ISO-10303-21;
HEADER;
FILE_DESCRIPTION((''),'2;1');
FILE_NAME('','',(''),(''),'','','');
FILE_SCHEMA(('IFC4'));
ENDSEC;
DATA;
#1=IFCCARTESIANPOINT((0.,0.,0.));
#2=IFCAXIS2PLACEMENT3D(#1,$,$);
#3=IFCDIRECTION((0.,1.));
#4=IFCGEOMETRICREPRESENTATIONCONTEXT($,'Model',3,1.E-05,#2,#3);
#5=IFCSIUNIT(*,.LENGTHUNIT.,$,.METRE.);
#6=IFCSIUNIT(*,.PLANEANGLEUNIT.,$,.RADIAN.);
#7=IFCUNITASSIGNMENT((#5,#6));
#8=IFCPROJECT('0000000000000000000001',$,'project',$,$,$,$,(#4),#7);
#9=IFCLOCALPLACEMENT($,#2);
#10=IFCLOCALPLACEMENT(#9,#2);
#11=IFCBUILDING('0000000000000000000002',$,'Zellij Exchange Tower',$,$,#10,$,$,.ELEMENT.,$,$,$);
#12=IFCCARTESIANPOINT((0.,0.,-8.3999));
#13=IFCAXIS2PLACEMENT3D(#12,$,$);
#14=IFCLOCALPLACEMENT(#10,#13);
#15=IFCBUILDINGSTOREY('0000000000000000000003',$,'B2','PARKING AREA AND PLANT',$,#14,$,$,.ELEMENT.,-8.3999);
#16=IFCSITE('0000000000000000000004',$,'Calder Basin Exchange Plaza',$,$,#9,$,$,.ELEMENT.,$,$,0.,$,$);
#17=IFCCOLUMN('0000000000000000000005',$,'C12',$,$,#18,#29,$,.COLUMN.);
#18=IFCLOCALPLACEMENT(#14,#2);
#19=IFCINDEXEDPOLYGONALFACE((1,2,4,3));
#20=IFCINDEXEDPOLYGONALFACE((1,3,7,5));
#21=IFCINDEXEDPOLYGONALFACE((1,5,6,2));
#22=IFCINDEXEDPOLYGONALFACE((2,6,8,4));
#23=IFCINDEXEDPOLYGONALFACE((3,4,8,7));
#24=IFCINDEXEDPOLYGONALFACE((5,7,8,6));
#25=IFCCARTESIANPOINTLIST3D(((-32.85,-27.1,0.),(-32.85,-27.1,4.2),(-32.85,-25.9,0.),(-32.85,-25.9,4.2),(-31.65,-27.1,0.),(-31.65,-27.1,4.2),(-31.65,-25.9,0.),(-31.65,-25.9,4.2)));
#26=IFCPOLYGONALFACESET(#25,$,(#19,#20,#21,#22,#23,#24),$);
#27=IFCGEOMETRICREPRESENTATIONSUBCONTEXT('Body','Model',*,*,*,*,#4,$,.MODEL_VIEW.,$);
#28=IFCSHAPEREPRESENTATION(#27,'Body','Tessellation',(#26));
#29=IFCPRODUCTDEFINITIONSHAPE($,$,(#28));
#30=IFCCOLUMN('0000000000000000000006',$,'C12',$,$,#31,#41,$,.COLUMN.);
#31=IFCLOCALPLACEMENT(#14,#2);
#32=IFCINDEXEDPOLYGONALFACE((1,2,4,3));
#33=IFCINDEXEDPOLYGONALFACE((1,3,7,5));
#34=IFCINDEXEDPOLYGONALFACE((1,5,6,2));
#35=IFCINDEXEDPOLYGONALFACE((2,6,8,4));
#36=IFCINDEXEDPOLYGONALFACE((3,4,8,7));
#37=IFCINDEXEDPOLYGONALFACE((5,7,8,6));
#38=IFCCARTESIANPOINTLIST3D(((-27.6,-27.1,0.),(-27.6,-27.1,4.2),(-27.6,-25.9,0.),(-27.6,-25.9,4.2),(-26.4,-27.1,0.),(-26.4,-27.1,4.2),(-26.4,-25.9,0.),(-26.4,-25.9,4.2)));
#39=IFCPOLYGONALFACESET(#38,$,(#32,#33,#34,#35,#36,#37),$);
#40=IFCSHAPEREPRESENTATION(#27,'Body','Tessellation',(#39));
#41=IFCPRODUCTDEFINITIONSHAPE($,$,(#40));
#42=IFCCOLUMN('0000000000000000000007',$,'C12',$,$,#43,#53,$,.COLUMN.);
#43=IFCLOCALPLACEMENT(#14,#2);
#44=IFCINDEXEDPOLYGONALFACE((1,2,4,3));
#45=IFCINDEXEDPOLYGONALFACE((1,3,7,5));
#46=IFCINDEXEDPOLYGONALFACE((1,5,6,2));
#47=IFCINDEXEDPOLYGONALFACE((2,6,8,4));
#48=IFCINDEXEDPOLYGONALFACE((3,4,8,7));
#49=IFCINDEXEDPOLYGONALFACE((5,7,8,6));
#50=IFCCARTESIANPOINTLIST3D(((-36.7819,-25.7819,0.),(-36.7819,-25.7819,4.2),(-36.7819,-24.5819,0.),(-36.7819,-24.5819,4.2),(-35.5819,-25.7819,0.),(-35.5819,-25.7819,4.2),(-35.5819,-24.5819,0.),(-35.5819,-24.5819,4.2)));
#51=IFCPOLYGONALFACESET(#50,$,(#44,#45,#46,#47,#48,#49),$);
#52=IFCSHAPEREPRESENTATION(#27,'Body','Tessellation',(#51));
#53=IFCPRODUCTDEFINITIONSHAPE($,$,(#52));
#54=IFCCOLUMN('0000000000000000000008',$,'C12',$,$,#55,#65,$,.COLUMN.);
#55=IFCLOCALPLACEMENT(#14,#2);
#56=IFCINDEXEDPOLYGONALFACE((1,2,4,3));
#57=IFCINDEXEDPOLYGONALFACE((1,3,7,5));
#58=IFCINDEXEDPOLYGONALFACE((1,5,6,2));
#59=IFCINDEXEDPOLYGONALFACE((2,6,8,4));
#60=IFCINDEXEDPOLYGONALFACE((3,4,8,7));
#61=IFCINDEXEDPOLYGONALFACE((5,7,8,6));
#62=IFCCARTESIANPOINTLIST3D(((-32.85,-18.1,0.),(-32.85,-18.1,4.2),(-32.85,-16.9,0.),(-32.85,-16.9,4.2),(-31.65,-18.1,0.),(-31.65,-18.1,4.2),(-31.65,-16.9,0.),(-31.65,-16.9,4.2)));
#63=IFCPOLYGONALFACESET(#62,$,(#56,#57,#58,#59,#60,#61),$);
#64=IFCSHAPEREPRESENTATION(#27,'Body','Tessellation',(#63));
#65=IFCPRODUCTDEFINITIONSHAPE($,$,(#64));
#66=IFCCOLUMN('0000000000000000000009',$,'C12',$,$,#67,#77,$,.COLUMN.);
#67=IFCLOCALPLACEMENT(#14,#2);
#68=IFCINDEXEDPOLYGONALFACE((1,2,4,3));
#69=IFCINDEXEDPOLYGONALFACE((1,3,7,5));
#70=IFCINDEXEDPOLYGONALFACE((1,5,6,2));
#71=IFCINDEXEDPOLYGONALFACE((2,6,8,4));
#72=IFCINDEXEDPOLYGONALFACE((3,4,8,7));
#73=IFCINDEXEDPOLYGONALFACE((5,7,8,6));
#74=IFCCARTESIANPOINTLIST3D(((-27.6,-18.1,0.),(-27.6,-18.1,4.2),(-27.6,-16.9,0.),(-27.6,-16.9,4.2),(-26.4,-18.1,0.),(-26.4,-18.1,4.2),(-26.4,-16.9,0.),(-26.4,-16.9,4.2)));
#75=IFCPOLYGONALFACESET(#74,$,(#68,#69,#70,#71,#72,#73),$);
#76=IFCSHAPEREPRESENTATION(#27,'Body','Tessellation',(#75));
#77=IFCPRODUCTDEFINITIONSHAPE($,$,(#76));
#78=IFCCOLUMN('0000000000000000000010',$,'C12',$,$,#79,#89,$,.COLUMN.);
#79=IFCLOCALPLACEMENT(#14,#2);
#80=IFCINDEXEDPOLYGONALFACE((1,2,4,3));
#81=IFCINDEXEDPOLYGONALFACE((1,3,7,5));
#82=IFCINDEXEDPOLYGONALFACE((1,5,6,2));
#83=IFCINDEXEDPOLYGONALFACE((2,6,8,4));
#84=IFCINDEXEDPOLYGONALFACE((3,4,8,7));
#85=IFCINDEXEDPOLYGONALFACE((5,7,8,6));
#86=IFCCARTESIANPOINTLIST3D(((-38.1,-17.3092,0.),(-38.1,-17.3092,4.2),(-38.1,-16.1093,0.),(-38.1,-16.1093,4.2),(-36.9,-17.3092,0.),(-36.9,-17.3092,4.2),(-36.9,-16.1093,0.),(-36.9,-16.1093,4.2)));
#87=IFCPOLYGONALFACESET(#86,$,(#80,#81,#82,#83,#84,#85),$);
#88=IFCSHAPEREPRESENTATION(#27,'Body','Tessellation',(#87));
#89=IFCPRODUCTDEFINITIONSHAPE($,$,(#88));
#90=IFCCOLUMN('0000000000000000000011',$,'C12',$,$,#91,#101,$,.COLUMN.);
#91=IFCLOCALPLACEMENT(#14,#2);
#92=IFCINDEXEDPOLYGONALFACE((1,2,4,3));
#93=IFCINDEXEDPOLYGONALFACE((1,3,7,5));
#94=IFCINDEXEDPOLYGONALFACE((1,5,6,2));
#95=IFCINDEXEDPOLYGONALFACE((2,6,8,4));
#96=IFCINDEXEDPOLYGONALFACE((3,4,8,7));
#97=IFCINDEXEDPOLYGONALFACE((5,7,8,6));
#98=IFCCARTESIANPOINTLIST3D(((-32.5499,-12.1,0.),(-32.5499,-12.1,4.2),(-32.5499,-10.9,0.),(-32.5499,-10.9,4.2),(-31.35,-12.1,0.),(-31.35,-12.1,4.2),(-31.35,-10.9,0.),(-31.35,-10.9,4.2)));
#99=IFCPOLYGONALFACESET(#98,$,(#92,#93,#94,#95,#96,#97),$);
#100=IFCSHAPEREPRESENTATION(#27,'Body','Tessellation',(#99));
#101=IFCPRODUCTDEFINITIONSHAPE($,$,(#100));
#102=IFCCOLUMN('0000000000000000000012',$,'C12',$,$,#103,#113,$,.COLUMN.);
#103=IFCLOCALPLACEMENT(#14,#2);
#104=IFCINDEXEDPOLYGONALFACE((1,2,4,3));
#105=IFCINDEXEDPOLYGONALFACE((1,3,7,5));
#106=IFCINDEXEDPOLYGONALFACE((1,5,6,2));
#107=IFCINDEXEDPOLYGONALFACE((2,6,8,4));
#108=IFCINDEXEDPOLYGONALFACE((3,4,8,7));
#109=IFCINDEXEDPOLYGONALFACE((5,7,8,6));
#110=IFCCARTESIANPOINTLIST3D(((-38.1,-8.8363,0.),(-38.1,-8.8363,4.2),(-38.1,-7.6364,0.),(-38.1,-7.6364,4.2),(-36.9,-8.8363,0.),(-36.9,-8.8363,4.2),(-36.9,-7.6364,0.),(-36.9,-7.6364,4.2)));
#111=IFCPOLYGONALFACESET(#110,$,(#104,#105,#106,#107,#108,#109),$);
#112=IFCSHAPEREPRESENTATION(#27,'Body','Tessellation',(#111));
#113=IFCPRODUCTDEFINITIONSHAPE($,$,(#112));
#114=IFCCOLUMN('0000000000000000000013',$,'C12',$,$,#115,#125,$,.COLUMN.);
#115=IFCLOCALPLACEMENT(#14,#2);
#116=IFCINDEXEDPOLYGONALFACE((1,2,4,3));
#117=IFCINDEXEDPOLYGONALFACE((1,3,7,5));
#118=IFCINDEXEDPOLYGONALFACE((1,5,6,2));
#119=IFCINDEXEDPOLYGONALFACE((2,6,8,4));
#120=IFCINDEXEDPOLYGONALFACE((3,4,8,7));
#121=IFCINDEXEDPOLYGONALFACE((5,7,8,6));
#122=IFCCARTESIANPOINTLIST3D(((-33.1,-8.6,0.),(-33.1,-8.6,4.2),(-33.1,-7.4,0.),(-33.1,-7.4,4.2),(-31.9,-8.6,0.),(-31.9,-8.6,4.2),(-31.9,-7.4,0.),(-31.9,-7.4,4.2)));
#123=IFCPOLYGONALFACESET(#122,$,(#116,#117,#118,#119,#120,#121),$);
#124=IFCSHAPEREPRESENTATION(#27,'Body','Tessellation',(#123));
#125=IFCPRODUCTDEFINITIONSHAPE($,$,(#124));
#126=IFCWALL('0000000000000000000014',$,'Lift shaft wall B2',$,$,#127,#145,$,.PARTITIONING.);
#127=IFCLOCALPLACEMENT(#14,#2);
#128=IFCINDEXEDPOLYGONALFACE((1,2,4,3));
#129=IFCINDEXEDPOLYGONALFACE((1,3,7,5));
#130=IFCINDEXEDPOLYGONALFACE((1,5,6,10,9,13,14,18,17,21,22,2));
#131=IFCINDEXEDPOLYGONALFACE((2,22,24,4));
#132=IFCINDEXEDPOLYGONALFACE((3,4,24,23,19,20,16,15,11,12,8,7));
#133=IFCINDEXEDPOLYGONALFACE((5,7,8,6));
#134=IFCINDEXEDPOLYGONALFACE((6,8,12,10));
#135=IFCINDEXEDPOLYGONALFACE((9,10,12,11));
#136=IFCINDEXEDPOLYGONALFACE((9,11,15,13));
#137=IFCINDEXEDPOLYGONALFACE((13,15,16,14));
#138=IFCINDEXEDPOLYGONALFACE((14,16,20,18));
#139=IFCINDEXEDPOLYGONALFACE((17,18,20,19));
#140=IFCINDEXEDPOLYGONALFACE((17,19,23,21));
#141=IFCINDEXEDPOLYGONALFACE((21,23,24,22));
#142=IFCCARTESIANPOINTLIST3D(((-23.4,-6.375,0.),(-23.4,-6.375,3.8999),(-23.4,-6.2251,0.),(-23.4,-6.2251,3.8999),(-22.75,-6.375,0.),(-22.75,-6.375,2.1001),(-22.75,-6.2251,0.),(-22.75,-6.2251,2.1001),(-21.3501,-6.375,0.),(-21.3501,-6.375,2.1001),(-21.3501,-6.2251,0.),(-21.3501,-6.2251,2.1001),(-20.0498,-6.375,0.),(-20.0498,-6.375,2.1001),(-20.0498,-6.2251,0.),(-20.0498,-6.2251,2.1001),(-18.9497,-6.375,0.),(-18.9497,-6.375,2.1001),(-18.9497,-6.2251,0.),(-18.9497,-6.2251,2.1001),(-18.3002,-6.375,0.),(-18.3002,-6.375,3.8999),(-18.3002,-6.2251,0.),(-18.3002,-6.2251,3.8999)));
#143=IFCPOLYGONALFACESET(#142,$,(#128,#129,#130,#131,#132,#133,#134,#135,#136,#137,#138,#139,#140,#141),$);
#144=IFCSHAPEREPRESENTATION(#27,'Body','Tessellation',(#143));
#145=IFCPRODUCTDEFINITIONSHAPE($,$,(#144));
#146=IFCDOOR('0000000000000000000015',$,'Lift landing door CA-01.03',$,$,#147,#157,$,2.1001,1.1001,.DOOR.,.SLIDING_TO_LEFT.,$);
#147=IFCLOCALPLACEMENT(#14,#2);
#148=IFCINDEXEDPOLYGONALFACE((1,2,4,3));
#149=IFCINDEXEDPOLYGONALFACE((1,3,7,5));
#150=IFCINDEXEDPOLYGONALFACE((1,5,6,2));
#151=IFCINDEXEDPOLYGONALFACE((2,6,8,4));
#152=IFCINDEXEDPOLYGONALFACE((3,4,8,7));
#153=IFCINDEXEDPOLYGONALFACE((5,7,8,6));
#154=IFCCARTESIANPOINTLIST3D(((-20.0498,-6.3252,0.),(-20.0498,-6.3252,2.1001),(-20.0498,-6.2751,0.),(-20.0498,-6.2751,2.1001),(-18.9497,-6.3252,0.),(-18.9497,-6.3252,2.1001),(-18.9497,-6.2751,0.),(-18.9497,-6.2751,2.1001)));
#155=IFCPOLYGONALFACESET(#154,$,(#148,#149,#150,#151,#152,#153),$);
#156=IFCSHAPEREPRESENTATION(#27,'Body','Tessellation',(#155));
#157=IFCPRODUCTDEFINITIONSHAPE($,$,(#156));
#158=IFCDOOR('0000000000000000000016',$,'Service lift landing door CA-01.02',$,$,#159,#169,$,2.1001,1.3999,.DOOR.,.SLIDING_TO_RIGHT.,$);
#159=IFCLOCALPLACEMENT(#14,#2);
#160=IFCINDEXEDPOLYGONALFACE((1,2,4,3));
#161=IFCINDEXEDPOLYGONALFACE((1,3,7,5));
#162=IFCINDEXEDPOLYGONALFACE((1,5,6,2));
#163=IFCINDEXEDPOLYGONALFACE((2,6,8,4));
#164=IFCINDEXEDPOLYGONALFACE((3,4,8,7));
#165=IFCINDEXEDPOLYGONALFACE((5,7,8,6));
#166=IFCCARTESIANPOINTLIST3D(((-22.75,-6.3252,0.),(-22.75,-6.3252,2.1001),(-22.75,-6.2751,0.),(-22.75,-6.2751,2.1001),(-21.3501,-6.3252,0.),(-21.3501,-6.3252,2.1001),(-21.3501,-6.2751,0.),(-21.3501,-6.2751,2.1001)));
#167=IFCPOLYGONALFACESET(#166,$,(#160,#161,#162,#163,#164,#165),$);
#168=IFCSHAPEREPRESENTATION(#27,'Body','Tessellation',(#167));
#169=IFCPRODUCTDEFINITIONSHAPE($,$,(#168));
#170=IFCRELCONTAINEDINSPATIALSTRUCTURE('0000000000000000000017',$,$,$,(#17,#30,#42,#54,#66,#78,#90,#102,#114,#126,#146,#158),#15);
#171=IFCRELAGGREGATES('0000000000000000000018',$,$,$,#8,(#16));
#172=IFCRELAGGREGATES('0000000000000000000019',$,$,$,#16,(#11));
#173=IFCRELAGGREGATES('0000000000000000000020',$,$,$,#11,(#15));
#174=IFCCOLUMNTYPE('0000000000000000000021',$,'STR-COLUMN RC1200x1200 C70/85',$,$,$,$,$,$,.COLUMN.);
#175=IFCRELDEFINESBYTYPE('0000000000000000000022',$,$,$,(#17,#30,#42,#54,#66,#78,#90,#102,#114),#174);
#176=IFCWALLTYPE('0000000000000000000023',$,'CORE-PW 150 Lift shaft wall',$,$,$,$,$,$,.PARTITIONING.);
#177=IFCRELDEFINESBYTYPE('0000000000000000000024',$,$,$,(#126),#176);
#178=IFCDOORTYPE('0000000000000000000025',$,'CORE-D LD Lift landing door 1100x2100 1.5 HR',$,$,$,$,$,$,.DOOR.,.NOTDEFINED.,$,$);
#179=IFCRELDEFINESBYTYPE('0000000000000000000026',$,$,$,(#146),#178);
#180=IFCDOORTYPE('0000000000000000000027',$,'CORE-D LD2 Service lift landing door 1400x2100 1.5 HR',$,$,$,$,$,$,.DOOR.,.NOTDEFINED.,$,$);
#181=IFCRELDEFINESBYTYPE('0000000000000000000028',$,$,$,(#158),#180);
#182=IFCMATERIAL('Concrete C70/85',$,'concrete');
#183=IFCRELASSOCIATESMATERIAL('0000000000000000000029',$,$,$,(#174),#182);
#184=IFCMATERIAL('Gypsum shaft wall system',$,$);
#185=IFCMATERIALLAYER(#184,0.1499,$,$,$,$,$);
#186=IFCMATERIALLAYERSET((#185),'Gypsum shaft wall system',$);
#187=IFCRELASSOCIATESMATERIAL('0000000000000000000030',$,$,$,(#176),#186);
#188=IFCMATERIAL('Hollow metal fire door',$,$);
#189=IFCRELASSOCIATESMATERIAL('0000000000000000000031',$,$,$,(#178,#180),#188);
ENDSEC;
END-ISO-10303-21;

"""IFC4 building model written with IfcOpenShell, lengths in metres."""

from ifc_helpers import new_model, si_unit, direction, frame, frame_2d, origin, origin_2d, place, context, subcontext, project, spatial, rectangle, extrude, material, layer, layer_set, material_profile, profile_set, type_object, element, fill, save


model = new_model("IFC4")

# Units and contexts
model_context = context("Model", 3, precision=1e-05, world=origin(), true_north=direction((0.0, 1.0)))
body_context = subcontext(model_context, "Body", "Model", "MODEL_VIEW")
ifc_project = project(units=[si_unit("LENGTHUNIT", "METRE"), si_unit("PLANEANGLEUNIT", "RADIAN")], contexts=[model_context])

# Site, building, storey
site_placement = place(None, origin())
site = spatial("IfcSite", under=ifc_project, at=site_placement, Name="Calder Basin Exchange Plaza", CompositionType="ELEMENT", RefElevation=0.0)
building_placement = place(site_placement, origin())
building = spatial("IfcBuilding", under=site, at=building_placement, Name="Zellij Exchange Tower", CompositionType="ELEMENT")
storey_placement = place(building_placement, frame((0.0, 0.0, -8.3999)))
storey = spatial("IfcBuildingStorey", under=building, at=storey_placement, Name="B2", Description="PARKING AREA AND PLANT", CompositionType="ELEMENT", Elevation=-8.3999)

# Columns
ifc_material_1 = material(Name="Concrete C70/85", Category="concrete")
ifc_material_profile = material_profile(ifc_material_1, rectangle(XDim=1.2, YDim=1.2, at=origin_2d()), Name="STR-COLUMN RC1200x1200 C70/85")
ifc_profile_set = profile_set([ifc_material_profile], Name="Concrete C70/85")
column_type = type_object("IfcColumnType", Name="STR-COLUMN RC1200x1200 C70/85", PredefinedType="COLUMN", material=ifc_profile_set)
for number, where, z_axis, x_axis, name in (
    (1, (-32.25, -26.5, 0.0), (0.0, 0.0, 1.0), (1.0, 0.0, 0.0), "C12"),
    (2, (-27.0, -26.5, 0.0), (0.0, 0.0, 1.0), (1.0, 0.0, 0.0), "C12"),
    (3, (-36.1819, -25.1819, 0.0), (0.0, 0.0, 1.0), (1.0, 0.0, 0.0), "C12"),
    (4, (-32.25, -17.5, 0.0), (0.0, 0.0, 1.0), (1.0, 0.0, 0.0), "C12"),
    (5, (-27.0, -17.5, 0.0), (0.0, 0.0, 1.0), (1.0, 0.0, 0.0), "C12"),
    (6, (-37.5, -16.7092, 0.0), (0.0, 0.0, 1.0), (1.0, 0.0, 0.0), "C12"),
    (7, (-31.95, -11.5, 0.0), (0.0, 0.0, 1.0), (1.0, 0.0, 0.0), "C12"),
    (8, (-37.5, -8.2363, 0.0), (0.0, 0.0, 1.0), (1.0, 0.0, 0.0), "C12"),
    (9, (-32.5, -8.0, 0.0), (0.0, 0.0, 1.0), (1.0, 0.0, 0.0), "C12"),
):
    element("IfcColumn", number, at=place(storey_placement, frame(where, z_axis=z_axis, x_axis=x_axis)), inside=storey, type_object=column_type, Name=name, PredefinedType="COLUMN", context=body_context, shape_type="SweptSolid", body=[
        extrude(rectangle(XDim=1.2, YDim=1.2, at=origin_2d()), origin(), (0.0, 0.0, 1.0), 4.2),
    ])

# Wall, openings, doors
ifc_material_2 = material(Name="Gypsum shaft wall system")
ifc_layer_1 = layer(ifc_material_2, 0.1499)
ifc_layer_set_1 = layer_set([ifc_layer_1], Name="Gypsum shaft wall system")
wall_type_1 = type_object("IfcWallType", Name="CORE-PW 150 Lift shaft wall", PredefinedType="PARTITIONING", material=ifc_layer_set_1)
wall_1_placement = place(storey_placement, frame((-23.3999, -6.3, 0.0), z_axis=(0.0, 0.0, 1.0), x_axis=(1.0, 0.0, 0.0)))
wall_1 = element("IfcWall", 10, at=wall_1_placement, inside=storey, type_object=wall_type_1, Name="Lift shaft wall B2", PredefinedType="PARTITIONING", context=body_context, shape_type="SweptSolid", body=[
    extrude(rectangle(XDim=5.0999, YDim=0.1499, at=frame_2d((2.5498, 0.0))), origin(), (0.0, 0.0, 1.0), 3.8999),
])
opening_1_placement = place(wall_1_placement, frame((0.6499, 0.0, 0.0)))
opening_1 = element("IfcOpeningElement", 11, at=opening_1_placement, cuts=wall_1, PredefinedType="OPENING", context=body_context, shape_type="SweptSolid", body=[
    extrude(rectangle(XDim=1.3999, YDim=2.1001, at=frame_2d((0.7, 1.05))), frame((0.0, 0.0869, 0.0), z_axis=(0.0, -1.0, 0.0), x_axis=(1.0, 0.0, 0.0)), (0.0, 0.0, 1.0), 0.1738),
])
opening_2_placement = place(wall_1_placement, frame((3.3501, 0.0, 0.0)))
opening_2 = element("IfcOpeningElement", 12, at=opening_2_placement, cuts=wall_1, PredefinedType="OPENING", context=body_context, shape_type="SweptSolid", body=[
    extrude(rectangle(XDim=1.1001, YDim=2.1001, at=frame_2d((0.55, 1.05))), frame((0.0, 0.0869, 0.0), z_axis=(0.0, -1.0, 0.0), x_axis=(1.0, 0.0, 0.0)), (0.0, 0.0, 1.0), 0.1738),
])
ifc_material_3 = material(Name="Hollow metal fire door")
door_type_1 = type_object("IfcDoorType", Name="CORE-D LD Lift landing door 1100x2100 1.5 HR", OperationType="NOTDEFINED", PredefinedType="DOOR", material=ifc_material_3)
door_1_placement = place(opening_2_placement, origin())
door_1 = element("IfcDoor", 13, at=door_1_placement, inside=storey, type_object=door_type_1, Name="Lift landing door CA-01.03", OperationType="SLIDING_TO_LEFT", OverallHeight=2.1001, OverallWidth=1.1001, PredefinedType="DOOR", context=body_context, shape_type="SweptSolid", body=[
    extrude(rectangle(XDim=1.1001, YDim=2.1001, at=frame_2d((0.55, 1.05))), frame((0.0, 0.0249, 0.0), z_axis=(0.0, -1.0, 0.0), x_axis=(1.0, 0.0, 0.0)), (0.0, 0.0, 1.0), 0.05),
])
fill(opening_2, door_1)
door_type_2 = type_object("IfcDoorType", Name="CORE-D LD2 Service lift landing door 1400x2100 1.5 HR", OperationType="NOTDEFINED", PredefinedType="DOOR", material=ifc_material_3)
door_2_placement = place(opening_1_placement, origin())
door_2 = element("IfcDoor", 14, at=door_2_placement, inside=storey, type_object=door_type_2, Name="Service lift landing door CA-01.02", OperationType="SLIDING_TO_RIGHT", OverallHeight=2.1001, OverallWidth=1.3999, PredefinedType="DOOR", context=body_context, shape_type="SweptSolid", body=[
    extrude(rectangle(XDim=1.3999, YDim=2.1001, at=frame_2d((0.7, 1.05))), frame((0.0, 0.0249, 0.0), z_axis=(0.0, -1.0, 0.0), x_axis=(1.0, 0.0, 0.0)), (0.0, 0.0, 1.0), 0.05),
])
fill(opening_1, door_2)

save(model, "model.ifc")
